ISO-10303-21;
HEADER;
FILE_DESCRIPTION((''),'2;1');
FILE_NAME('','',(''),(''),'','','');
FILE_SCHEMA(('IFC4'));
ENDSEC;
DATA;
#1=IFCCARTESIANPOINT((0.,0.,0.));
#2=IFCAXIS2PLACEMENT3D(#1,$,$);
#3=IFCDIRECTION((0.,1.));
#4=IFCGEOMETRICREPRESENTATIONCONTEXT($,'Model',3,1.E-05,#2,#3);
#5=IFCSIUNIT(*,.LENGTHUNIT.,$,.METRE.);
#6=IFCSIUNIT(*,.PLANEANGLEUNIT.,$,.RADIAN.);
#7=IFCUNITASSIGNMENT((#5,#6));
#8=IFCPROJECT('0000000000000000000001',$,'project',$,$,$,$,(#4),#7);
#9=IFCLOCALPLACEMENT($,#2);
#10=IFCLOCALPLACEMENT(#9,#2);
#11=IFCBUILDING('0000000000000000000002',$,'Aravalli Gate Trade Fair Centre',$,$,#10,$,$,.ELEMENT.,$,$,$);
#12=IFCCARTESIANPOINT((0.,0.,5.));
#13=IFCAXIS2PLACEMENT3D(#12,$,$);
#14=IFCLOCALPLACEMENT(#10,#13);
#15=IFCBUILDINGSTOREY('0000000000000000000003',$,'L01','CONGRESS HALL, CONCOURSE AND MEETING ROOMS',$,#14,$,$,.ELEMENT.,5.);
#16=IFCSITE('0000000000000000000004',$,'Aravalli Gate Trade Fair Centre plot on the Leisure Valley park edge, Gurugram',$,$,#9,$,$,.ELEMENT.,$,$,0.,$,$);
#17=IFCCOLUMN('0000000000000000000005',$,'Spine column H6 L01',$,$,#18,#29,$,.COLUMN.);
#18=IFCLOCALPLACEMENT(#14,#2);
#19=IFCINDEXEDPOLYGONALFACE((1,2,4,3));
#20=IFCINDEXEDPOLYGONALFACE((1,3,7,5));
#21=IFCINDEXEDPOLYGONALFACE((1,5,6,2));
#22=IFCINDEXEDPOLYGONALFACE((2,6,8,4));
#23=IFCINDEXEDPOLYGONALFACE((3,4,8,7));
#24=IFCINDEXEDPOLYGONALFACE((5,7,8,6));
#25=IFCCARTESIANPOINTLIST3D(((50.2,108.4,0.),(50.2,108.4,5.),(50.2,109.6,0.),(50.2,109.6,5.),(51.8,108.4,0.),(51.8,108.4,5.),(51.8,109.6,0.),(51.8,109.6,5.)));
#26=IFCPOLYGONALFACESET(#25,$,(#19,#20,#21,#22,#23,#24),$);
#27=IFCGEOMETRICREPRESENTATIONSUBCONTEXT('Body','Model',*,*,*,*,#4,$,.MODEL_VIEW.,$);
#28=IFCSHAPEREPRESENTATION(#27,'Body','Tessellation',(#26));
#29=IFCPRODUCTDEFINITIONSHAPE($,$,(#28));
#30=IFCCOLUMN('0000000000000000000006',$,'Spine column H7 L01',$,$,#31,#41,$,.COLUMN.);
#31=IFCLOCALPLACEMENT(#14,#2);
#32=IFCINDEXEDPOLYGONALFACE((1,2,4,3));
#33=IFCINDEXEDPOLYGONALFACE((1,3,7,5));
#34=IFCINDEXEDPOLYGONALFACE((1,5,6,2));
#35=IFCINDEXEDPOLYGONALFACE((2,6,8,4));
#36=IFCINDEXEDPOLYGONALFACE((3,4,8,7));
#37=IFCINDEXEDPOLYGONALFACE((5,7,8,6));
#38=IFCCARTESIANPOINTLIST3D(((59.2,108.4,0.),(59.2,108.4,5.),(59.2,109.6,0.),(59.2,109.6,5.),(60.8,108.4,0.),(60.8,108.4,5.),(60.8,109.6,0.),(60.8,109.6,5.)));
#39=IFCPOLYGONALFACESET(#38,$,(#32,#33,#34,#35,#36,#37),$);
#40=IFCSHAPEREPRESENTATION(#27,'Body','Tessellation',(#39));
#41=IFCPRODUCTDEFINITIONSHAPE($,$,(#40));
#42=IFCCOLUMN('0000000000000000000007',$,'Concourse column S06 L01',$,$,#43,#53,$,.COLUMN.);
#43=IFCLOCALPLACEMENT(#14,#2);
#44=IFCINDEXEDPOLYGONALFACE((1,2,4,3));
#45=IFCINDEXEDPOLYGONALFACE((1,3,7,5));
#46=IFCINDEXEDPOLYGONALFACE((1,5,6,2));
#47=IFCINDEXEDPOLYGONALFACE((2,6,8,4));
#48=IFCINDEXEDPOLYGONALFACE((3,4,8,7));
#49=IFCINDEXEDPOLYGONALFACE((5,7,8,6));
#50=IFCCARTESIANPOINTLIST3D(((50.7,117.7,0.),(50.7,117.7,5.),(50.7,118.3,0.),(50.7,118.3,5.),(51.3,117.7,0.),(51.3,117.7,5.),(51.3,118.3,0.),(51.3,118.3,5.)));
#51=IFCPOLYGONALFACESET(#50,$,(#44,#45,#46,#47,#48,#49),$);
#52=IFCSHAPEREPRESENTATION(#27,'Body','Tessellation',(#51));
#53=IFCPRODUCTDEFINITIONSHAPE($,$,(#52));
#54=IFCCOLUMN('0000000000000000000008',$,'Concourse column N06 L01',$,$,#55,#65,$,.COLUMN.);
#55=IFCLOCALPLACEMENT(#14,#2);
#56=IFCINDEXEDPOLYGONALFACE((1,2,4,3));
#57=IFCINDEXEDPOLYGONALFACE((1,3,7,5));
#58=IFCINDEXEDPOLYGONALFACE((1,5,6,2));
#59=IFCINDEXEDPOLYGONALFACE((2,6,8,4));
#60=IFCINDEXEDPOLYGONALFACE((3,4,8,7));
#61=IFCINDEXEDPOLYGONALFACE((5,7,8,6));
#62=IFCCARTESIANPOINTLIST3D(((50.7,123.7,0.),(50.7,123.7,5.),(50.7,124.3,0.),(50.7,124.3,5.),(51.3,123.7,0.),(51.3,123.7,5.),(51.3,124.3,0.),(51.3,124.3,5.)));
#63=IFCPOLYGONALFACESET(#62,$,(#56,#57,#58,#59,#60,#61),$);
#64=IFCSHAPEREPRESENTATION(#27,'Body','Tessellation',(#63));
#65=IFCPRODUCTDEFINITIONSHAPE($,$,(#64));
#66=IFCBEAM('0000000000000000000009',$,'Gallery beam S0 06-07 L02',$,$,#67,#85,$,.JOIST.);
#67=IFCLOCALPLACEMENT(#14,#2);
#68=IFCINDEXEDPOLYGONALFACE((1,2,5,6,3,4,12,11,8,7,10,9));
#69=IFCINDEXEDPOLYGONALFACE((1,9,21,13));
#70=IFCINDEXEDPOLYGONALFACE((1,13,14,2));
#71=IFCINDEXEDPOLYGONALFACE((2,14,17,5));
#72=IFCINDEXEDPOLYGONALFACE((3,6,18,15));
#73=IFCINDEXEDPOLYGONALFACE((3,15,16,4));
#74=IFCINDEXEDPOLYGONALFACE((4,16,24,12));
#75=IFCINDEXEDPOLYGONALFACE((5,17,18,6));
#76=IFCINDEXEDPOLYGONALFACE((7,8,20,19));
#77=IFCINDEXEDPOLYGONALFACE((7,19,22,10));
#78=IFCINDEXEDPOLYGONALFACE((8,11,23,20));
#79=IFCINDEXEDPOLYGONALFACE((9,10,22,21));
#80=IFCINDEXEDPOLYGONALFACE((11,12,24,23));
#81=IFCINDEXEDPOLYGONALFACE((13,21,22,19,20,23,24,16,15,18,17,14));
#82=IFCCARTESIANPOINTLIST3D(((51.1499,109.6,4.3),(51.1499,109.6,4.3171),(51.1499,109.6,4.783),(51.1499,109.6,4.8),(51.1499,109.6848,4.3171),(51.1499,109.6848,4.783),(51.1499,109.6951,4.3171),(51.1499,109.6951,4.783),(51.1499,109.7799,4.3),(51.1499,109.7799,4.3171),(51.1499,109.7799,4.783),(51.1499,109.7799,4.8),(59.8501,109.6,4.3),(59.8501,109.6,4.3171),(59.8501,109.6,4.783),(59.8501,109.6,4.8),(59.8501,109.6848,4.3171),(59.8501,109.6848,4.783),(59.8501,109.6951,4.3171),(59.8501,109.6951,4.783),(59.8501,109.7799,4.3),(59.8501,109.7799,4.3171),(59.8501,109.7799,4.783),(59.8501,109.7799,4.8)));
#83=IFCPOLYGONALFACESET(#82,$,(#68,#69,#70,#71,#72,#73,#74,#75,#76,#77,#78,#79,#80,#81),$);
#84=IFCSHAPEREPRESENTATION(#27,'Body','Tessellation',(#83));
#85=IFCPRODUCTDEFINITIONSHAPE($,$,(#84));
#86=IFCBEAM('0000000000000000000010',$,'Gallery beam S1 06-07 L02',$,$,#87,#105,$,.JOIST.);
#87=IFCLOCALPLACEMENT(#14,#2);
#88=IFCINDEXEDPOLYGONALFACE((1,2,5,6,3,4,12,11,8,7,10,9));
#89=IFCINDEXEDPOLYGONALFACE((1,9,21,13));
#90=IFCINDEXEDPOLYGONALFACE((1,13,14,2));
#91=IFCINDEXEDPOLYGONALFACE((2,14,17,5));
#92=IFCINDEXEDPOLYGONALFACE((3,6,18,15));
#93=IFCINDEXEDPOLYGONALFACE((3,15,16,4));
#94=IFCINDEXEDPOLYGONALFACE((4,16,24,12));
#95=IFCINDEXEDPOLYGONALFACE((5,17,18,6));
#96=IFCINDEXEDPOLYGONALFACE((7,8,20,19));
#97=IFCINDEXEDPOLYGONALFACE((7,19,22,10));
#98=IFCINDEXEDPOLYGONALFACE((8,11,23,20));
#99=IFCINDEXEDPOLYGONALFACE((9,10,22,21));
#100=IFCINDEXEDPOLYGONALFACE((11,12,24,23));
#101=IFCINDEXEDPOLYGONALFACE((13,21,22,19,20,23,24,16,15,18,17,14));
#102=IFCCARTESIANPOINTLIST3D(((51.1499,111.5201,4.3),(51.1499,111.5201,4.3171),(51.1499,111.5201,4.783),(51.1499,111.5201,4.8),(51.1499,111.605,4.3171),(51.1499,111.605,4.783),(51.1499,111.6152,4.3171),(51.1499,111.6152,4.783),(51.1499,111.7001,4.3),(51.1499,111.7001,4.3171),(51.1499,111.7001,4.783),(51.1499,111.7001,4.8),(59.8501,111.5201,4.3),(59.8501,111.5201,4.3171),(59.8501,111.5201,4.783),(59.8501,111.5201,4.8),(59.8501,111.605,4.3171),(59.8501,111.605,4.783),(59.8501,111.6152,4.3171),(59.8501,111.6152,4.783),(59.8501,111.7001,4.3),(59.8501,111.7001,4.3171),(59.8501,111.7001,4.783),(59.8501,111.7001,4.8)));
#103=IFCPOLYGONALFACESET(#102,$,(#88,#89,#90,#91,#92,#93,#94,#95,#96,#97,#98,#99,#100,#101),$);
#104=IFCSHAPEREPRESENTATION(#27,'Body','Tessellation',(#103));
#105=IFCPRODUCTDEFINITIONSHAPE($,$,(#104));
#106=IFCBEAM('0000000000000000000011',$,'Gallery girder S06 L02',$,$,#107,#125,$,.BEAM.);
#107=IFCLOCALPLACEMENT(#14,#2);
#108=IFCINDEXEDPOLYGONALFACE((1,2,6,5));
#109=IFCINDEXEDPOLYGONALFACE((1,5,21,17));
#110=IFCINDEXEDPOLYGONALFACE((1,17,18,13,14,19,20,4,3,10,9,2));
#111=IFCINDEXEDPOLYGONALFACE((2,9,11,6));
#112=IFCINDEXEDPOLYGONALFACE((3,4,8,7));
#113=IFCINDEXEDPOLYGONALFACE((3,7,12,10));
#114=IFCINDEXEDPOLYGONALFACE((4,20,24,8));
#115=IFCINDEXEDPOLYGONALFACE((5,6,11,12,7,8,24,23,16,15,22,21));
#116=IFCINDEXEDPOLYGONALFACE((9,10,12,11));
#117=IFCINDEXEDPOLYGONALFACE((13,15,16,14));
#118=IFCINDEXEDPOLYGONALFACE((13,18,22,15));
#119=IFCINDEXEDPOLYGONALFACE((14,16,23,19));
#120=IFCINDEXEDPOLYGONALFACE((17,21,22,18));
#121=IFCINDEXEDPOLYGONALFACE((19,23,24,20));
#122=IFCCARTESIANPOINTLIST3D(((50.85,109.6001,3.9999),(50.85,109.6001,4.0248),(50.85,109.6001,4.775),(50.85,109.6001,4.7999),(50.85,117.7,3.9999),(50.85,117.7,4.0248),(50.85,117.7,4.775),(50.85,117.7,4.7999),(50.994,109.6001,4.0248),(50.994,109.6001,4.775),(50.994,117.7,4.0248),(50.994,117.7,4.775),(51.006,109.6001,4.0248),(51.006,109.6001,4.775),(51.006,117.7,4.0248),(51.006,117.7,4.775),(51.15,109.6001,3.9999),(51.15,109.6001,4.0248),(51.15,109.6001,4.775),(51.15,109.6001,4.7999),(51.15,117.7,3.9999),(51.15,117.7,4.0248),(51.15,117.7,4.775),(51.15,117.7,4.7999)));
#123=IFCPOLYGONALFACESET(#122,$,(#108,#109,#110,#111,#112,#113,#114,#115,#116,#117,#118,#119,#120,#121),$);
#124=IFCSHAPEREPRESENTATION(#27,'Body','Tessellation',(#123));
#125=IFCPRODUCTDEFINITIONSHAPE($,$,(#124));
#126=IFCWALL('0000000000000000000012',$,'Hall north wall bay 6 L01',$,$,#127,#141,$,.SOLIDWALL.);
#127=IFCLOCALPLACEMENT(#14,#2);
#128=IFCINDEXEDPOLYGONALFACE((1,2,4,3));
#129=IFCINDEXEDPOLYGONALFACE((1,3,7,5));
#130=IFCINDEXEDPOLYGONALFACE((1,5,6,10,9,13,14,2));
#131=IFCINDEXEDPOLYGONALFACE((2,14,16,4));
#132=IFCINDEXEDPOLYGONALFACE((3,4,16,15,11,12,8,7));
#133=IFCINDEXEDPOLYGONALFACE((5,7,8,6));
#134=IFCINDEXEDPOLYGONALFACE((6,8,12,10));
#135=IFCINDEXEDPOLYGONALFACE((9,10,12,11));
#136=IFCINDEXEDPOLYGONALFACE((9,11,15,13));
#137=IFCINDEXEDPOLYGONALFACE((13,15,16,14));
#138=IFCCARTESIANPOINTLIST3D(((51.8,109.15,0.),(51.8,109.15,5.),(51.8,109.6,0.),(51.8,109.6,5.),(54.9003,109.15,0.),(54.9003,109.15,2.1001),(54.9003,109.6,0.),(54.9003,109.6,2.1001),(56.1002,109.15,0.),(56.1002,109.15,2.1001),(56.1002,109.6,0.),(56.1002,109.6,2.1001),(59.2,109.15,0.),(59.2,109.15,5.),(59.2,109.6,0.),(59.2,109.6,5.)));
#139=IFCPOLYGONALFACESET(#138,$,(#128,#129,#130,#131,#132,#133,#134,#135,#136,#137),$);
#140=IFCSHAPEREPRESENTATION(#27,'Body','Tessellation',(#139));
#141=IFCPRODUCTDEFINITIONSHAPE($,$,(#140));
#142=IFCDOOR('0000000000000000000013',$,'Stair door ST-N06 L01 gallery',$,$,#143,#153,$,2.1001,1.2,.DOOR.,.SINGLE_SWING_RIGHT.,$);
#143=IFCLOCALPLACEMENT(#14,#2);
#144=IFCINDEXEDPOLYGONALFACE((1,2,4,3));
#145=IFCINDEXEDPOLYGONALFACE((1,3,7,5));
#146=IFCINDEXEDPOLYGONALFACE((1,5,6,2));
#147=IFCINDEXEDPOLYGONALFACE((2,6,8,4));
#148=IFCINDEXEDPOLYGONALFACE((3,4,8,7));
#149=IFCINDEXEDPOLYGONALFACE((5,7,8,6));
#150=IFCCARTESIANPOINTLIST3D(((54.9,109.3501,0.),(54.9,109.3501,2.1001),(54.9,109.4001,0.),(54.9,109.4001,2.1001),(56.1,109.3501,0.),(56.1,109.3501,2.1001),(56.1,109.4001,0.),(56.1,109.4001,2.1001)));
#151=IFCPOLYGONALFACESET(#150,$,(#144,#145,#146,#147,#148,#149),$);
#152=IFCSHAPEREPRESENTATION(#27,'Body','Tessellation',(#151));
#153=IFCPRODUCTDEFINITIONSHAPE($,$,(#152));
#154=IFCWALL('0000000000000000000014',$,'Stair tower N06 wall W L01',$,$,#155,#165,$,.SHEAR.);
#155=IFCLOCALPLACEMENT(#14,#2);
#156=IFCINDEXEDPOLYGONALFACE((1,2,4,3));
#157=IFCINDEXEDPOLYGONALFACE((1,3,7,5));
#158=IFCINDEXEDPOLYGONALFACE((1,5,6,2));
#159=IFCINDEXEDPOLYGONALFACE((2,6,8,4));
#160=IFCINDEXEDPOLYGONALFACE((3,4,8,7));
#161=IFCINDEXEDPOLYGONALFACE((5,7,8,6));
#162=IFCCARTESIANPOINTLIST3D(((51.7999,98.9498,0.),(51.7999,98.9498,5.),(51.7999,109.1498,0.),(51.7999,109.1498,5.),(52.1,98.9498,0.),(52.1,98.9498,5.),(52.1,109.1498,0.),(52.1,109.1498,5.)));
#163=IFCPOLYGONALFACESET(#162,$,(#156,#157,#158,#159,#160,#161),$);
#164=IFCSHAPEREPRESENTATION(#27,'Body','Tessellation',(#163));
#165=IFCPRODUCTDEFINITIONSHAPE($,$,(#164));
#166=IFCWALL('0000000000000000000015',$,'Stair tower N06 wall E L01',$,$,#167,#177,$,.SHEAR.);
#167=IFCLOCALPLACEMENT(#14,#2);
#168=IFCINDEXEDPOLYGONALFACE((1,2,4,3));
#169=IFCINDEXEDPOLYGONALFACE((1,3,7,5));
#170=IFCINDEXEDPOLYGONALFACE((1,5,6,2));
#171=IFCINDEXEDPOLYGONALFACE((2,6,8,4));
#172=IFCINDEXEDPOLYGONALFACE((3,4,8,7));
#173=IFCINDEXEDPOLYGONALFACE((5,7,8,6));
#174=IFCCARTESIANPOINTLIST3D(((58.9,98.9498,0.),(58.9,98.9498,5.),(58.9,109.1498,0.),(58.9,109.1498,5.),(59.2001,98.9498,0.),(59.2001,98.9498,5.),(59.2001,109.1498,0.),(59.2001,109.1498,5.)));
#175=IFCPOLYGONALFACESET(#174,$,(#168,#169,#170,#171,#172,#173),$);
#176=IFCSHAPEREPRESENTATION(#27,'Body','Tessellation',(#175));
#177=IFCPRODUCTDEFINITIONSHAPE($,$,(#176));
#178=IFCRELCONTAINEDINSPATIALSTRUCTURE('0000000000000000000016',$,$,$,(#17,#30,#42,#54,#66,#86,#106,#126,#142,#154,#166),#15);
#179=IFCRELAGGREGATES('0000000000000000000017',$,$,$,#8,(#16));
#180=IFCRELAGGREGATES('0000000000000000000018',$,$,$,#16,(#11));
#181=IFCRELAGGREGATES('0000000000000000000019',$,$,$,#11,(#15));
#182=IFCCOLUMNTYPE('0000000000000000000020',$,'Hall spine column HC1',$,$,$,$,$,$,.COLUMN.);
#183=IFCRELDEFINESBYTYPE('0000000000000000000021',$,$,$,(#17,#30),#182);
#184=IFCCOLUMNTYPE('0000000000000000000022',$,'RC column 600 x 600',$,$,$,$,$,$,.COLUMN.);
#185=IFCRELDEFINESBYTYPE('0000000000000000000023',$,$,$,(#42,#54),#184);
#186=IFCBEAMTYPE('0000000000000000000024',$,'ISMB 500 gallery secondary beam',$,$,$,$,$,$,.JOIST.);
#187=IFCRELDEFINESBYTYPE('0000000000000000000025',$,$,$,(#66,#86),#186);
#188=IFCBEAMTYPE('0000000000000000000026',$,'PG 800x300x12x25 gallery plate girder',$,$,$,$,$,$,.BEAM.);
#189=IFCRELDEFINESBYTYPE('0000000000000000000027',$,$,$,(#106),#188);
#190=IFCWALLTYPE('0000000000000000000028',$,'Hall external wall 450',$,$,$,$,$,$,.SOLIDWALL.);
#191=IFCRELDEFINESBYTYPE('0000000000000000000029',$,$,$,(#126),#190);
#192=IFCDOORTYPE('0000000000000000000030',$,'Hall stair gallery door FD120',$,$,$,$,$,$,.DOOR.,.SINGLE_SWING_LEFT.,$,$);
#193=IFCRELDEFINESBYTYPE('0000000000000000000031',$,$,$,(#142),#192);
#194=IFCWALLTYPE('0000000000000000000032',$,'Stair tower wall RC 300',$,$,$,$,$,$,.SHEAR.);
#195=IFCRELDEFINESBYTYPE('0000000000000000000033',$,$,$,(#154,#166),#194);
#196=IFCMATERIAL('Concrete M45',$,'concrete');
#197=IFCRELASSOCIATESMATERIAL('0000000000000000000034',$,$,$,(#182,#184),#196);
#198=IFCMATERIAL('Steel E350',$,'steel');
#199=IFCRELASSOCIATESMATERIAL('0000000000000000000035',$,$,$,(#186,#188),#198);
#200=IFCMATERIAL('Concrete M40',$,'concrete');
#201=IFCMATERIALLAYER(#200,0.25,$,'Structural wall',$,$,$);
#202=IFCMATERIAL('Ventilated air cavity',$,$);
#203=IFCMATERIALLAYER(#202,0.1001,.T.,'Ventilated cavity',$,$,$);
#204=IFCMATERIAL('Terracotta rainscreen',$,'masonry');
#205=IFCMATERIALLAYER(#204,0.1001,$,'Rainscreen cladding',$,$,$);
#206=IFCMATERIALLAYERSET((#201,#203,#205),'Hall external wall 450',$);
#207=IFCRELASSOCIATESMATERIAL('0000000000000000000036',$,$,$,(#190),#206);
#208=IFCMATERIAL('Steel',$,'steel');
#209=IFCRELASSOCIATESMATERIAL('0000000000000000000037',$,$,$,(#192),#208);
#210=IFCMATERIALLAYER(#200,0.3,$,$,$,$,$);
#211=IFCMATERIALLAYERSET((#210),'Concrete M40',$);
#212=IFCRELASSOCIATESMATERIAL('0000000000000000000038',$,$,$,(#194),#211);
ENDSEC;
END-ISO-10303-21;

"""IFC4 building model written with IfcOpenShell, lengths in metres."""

from ifc_helpers import new_model, si_unit, direction, frame, frame_2d, origin, origin_2d, place, context, subcontext, project, spatial, rectangle, i_section, extrude, material, layer, layer_set, material_profile, profile_set, type_object, element, fill, save


model = new_model("IFC4")

# Units and contexts
model_context = context("Model", 3, precision=1e-05, world=origin(), true_north=direction((0.0, 1.0)))
body_context = subcontext(model_context, "Body", "Model", "MODEL_VIEW")
ifc_project = project(units=[si_unit("LENGTHUNIT", "METRE"), si_unit("PLANEANGLEUNIT", "RADIAN")], contexts=[model_context])

# Site, building, storey
site_placement = place(None, origin())
site = spatial("IfcSite", under=ifc_project, at=site_placement, Name="Aravalli Gate Trade Fair Centre plot on the Leisure Valley park edge, Gurugram", CompositionType="ELEMENT", RefElevation=0.0)
building_placement = place(site_placement, origin())
building = spatial("IfcBuilding", under=site, at=building_placement, Name="Aravalli Gate Trade Fair Centre", CompositionType="ELEMENT")
storey_placement = place(building_placement, frame((0.0, 0.0, 5.0)))
storey = spatial("IfcBuildingStorey", under=building, at=storey_placement, Name="L01", Description="CONGRESS HALL, CONCOURSE AND MEETING ROOMS", CompositionType="ELEMENT", Elevation=5.0)

# Columns
ifc_material_1 = material(Name="Concrete M45", Category="concrete")
ifc_material_profile_1 = material_profile(ifc_material_1, rectangle(XDim=1.6001, YDim=1.2, at=origin_2d()), Name="RC 1600x1200")
ifc_profile_set_1 = profile_set([ifc_material_profile_1], Name="Concrete M45")
column_type_1 = type_object("IfcColumnType", Name="Hall spine column HC1", PredefinedType="COLUMN", material=ifc_profile_set_1)
for number, where, z_axis, x_axis, name in (
    (1, (51.0, 109.0, 0.0), (0.0, 0.0, 1.0), (1.0, 0.0, 0.0), "Spine column H6 L01"),
    (2, (60.0, 109.0, 0.0), (0.0, 0.0, 1.0), (1.0, 0.0, 0.0), "Spine column H7 L01"),
):
    element("IfcColumn", number, at=place(storey_placement, frame(where, z_axis=z_axis, x_axis=x_axis)), inside=storey, type_object=column_type_1, Name=name, PredefinedType="COLUMN", context=body_context, shape_type="SweptSolid", body=[
        extrude(rectangle(XDim=1.6001, YDim=1.2, at=origin_2d()), origin(), (0.0, 0.0, 1.0), 5.0),
    ])
ifc_material_profile_2 = material_profile(ifc_material_1, rectangle(XDim=0.6001, YDim=0.6001, at=origin_2d()), Name="RC column 600 x 600")
ifc_profile_set_2 = profile_set([ifc_material_profile_2], Name="Concrete M45")
column_type_2 = type_object("IfcColumnType", Name="RC column 600 x 600", PredefinedType="COLUMN", material=ifc_profile_set_2)
for number, where, z_axis, x_axis, name in (
    (3, (51.0, 118.0, 0.0), (0.0, 0.0, 1.0), (1.0, 0.0, 0.0), "Concourse column S06 L01"),
    (4, (51.0, 124.0, 0.0), (0.0, 0.0, 1.0), (1.0, 0.0, 0.0), "Concourse column N06 L01"),
):
    element("IfcColumn", number, at=place(storey_placement, frame(where, z_axis=z_axis, x_axis=x_axis)), inside=storey, type_object=column_type_2, Name=name, PredefinedType="COLUMN", context=body_context, shape_type="SweptSolid", body=[
        extrude(rectangle(XDim=0.6001, YDim=0.6001, at=origin_2d()), origin(), (0.0, 0.0, 1.0), 5.0),
    ])

# Beams
ifc_material_2 = material(Name="Steel E350", Category="steel")
ifc_material_profile_3 = material_profile(ifc_material_2, i_section(OverallWidth=0.1799, OverallDepth=0.5, WebThickness=0.0103, FlangeThickness=0.0171, at=origin_2d()), Name="ISMB 500")
ifc_profile_set_3 = profile_set([ifc_material_profile_3], Name="Steel E350")
beam_type_1 = type_object("IfcBeamType", Name="ISMB 500 gallery secondary beam", PredefinedType="JOIST", material=ifc_profile_set_3)
for number, where, z_axis, x_axis, name in (
    (5, (51.1499, 109.6899, 4.55), (1.0, 0.0, 0.0), (0.0, 1.0, 0.0), "Gallery beam S0 06-07 L02"),
    (6, (51.1499, 111.6101, 4.55), (1.0, 0.0, 0.0), (0.0, 1.0, 0.0), "Gallery beam S1 06-07 L02"),
):
    element("IfcBeam", number, at=place(storey_placement, frame(where, z_axis=z_axis, x_axis=x_axis)), inside=storey, type_object=beam_type_1, Name=name, PredefinedType="JOIST", context=body_context, shape_type="SweptSolid", body=[
        extrude(i_section(OverallWidth=0.1799, OverallDepth=0.5, WebThickness=0.0103, FlangeThickness=0.0171, at=origin_2d()), origin(), (0.0, 0.0, 1.0), 8.7002),
    ])
ifc_material_profile_4 = material_profile(ifc_material_2, i_section(OverallWidth=0.3, OverallDepth=0.8, WebThickness=0.012, FlangeThickness=0.0249, at=origin_2d()), Name="PG 800x300x12x25")
ifc_profile_set_4 = profile_set([ifc_material_profile_4], Name="Steel E350")
beam_type_2 = type_object("IfcBeamType", Name="PG 800x300x12x25 gallery plate girder", PredefinedType="BEAM", material=ifc_profile_set_4)
beam_placement = place(storey_placement, frame((51.0, 109.6001, 4.3999), z_axis=(0.0, 1.0, 0.0), x_axis=(-1.0, 0.0, 0.0)))
element("IfcBeam", 7, at=beam_placement, inside=storey, type_object=beam_type_2, Name="Gallery girder S06 L02", PredefinedType="BEAM", context=body_context, shape_type="SweptSolid", body=[
    extrude(i_section(OverallWidth=0.3, OverallDepth=0.8, WebThickness=0.012, FlangeThickness=0.0249, at=origin_2d()), origin(), (0.0, 0.0, 1.0), 8.0999),
])

# Wall, opening, door
ifc_material_3 = material(Name="Concrete M40", Category="concrete")
ifc_layer_1 = layer(ifc_material_3, 0.25, Name="Structural wall")
ifc_material_4 = material(Name="Ventilated air cavity")
ifc_layer_2 = layer(ifc_material_4, 0.1001, ventilated=True, Name="Ventilated cavity")
ifc_material_5 = material(Name="Terracotta rainscreen", Category="masonry")
ifc_layer_3 = layer(ifc_material_5, 0.1001, Name="Rainscreen cladding")
ifc_layer_set_1 = layer_set([ifc_layer_1, ifc_layer_2, ifc_layer_3], Name="Hall external wall 450")
wall_type_1 = type_object("IfcWallType", Name="Hall external wall 450", PredefinedType="SOLIDWALL", material=ifc_layer_set_1)
wall_placement = place(storey_placement, frame((51.8, 109.375, 0.0), z_axis=(0.0, 0.0, 1.0), x_axis=(1.0, 0.0, 0.0)))
wall = element("IfcWall", 8, at=wall_placement, inside=storey, type_object=wall_type_1, Name="Hall north wall bay 6 L01", PredefinedType="SOLIDWALL", context=body_context, shape_type="SweptSolid", body=[
    extrude(rectangle(XDim=7.3999, YDim=0.45, at=frame_2d((3.7, 0.0))), origin(), (0.0, 0.0, 1.0), 5.0),
])
opening_placement = place(wall_placement, frame((3.1001, 0.0, 0.0)))
opening = element("IfcOpeningElement", 9, at=opening_placement, cuts=wall, PredefinedType="OPENING", context=body_context, shape_type="SweptSolid", body=[
    extrude(rectangle(XDim=1.2, YDim=2.1001, at=frame_2d((0.6001, 1.05))), frame((0.0, 0.2349, 0.0), z_axis=(0.0, -1.0, 0.0), x_axis=(1.0, 0.0, 0.0)), (0.0, 0.0, 1.0), 0.47),
])
ifc_material_6 = material(Name="Steel", Category="steel")
door_type = type_object("IfcDoorType", Name="Hall stair gallery door FD120", OperationType="SINGLE_SWING_LEFT", PredefinedType="DOOR", material=ifc_material_6)
door_placement = place(opening_placement, frame((1.2, 0.0, 0.0), z_axis=(0.0, 0.0, 1.0), x_axis=(-1.0, 0.0, 0.0)))
door = element("IfcDoor", 10, at=door_placement, inside=storey, type_object=door_type, Name="Stair door ST-N06 L01 gallery", OperationType="SINGLE_SWING_RIGHT", OverallHeight=2.1001, OverallWidth=1.2, PredefinedType="DOOR", context=body_context, shape_type="SweptSolid", body=[
    extrude(rectangle(XDim=1.2, YDim=2.1001, at=frame_2d((0.6001, 1.05))), frame((0.0, 0.0249, 0.0), z_axis=(0.0, -1.0, 0.0), x_axis=(1.0, 0.0, 0.0)), (0.0, 0.0, 1.0), 0.05),
])
fill(opening, door)

# Walls
ifc_layer_4 = layer(ifc_material_3, 0.3)
ifc_layer_set_2 = layer_set([ifc_layer_4], Name="Concrete M40")
wall_type_2 = type_object("IfcWallType", Name="Stair tower wall RC 300", PredefinedType="SHEAR", material=ifc_layer_set_2)
for number, where, z_axis, x_axis, name in (
    (11, (51.95, 109.1499, 0.0), (0.0, 0.0, 1.0), (0.0, -1.0, 0.0), "Stair tower N06 wall W L01"),
    (12, (59.05, 109.1499, 0.0), (0.0, 0.0, 1.0), (0.0, -1.0, 0.0), "Stair tower N06 wall E L01"),
):
    element("IfcWall", number, at=place(storey_placement, frame(where, z_axis=z_axis, x_axis=x_axis)), inside=storey, type_object=wall_type_2, Name=name, PredefinedType="SHEAR", context=body_context, shape_type="SweptSolid", body=[
        extrude(rectangle(XDim=10.2, YDim=0.3, at=frame_2d((5.1001, 0.0))), origin(), (0.0, 0.0, 1.0), 5.0),
    ])

save(model, "model.ifc")
